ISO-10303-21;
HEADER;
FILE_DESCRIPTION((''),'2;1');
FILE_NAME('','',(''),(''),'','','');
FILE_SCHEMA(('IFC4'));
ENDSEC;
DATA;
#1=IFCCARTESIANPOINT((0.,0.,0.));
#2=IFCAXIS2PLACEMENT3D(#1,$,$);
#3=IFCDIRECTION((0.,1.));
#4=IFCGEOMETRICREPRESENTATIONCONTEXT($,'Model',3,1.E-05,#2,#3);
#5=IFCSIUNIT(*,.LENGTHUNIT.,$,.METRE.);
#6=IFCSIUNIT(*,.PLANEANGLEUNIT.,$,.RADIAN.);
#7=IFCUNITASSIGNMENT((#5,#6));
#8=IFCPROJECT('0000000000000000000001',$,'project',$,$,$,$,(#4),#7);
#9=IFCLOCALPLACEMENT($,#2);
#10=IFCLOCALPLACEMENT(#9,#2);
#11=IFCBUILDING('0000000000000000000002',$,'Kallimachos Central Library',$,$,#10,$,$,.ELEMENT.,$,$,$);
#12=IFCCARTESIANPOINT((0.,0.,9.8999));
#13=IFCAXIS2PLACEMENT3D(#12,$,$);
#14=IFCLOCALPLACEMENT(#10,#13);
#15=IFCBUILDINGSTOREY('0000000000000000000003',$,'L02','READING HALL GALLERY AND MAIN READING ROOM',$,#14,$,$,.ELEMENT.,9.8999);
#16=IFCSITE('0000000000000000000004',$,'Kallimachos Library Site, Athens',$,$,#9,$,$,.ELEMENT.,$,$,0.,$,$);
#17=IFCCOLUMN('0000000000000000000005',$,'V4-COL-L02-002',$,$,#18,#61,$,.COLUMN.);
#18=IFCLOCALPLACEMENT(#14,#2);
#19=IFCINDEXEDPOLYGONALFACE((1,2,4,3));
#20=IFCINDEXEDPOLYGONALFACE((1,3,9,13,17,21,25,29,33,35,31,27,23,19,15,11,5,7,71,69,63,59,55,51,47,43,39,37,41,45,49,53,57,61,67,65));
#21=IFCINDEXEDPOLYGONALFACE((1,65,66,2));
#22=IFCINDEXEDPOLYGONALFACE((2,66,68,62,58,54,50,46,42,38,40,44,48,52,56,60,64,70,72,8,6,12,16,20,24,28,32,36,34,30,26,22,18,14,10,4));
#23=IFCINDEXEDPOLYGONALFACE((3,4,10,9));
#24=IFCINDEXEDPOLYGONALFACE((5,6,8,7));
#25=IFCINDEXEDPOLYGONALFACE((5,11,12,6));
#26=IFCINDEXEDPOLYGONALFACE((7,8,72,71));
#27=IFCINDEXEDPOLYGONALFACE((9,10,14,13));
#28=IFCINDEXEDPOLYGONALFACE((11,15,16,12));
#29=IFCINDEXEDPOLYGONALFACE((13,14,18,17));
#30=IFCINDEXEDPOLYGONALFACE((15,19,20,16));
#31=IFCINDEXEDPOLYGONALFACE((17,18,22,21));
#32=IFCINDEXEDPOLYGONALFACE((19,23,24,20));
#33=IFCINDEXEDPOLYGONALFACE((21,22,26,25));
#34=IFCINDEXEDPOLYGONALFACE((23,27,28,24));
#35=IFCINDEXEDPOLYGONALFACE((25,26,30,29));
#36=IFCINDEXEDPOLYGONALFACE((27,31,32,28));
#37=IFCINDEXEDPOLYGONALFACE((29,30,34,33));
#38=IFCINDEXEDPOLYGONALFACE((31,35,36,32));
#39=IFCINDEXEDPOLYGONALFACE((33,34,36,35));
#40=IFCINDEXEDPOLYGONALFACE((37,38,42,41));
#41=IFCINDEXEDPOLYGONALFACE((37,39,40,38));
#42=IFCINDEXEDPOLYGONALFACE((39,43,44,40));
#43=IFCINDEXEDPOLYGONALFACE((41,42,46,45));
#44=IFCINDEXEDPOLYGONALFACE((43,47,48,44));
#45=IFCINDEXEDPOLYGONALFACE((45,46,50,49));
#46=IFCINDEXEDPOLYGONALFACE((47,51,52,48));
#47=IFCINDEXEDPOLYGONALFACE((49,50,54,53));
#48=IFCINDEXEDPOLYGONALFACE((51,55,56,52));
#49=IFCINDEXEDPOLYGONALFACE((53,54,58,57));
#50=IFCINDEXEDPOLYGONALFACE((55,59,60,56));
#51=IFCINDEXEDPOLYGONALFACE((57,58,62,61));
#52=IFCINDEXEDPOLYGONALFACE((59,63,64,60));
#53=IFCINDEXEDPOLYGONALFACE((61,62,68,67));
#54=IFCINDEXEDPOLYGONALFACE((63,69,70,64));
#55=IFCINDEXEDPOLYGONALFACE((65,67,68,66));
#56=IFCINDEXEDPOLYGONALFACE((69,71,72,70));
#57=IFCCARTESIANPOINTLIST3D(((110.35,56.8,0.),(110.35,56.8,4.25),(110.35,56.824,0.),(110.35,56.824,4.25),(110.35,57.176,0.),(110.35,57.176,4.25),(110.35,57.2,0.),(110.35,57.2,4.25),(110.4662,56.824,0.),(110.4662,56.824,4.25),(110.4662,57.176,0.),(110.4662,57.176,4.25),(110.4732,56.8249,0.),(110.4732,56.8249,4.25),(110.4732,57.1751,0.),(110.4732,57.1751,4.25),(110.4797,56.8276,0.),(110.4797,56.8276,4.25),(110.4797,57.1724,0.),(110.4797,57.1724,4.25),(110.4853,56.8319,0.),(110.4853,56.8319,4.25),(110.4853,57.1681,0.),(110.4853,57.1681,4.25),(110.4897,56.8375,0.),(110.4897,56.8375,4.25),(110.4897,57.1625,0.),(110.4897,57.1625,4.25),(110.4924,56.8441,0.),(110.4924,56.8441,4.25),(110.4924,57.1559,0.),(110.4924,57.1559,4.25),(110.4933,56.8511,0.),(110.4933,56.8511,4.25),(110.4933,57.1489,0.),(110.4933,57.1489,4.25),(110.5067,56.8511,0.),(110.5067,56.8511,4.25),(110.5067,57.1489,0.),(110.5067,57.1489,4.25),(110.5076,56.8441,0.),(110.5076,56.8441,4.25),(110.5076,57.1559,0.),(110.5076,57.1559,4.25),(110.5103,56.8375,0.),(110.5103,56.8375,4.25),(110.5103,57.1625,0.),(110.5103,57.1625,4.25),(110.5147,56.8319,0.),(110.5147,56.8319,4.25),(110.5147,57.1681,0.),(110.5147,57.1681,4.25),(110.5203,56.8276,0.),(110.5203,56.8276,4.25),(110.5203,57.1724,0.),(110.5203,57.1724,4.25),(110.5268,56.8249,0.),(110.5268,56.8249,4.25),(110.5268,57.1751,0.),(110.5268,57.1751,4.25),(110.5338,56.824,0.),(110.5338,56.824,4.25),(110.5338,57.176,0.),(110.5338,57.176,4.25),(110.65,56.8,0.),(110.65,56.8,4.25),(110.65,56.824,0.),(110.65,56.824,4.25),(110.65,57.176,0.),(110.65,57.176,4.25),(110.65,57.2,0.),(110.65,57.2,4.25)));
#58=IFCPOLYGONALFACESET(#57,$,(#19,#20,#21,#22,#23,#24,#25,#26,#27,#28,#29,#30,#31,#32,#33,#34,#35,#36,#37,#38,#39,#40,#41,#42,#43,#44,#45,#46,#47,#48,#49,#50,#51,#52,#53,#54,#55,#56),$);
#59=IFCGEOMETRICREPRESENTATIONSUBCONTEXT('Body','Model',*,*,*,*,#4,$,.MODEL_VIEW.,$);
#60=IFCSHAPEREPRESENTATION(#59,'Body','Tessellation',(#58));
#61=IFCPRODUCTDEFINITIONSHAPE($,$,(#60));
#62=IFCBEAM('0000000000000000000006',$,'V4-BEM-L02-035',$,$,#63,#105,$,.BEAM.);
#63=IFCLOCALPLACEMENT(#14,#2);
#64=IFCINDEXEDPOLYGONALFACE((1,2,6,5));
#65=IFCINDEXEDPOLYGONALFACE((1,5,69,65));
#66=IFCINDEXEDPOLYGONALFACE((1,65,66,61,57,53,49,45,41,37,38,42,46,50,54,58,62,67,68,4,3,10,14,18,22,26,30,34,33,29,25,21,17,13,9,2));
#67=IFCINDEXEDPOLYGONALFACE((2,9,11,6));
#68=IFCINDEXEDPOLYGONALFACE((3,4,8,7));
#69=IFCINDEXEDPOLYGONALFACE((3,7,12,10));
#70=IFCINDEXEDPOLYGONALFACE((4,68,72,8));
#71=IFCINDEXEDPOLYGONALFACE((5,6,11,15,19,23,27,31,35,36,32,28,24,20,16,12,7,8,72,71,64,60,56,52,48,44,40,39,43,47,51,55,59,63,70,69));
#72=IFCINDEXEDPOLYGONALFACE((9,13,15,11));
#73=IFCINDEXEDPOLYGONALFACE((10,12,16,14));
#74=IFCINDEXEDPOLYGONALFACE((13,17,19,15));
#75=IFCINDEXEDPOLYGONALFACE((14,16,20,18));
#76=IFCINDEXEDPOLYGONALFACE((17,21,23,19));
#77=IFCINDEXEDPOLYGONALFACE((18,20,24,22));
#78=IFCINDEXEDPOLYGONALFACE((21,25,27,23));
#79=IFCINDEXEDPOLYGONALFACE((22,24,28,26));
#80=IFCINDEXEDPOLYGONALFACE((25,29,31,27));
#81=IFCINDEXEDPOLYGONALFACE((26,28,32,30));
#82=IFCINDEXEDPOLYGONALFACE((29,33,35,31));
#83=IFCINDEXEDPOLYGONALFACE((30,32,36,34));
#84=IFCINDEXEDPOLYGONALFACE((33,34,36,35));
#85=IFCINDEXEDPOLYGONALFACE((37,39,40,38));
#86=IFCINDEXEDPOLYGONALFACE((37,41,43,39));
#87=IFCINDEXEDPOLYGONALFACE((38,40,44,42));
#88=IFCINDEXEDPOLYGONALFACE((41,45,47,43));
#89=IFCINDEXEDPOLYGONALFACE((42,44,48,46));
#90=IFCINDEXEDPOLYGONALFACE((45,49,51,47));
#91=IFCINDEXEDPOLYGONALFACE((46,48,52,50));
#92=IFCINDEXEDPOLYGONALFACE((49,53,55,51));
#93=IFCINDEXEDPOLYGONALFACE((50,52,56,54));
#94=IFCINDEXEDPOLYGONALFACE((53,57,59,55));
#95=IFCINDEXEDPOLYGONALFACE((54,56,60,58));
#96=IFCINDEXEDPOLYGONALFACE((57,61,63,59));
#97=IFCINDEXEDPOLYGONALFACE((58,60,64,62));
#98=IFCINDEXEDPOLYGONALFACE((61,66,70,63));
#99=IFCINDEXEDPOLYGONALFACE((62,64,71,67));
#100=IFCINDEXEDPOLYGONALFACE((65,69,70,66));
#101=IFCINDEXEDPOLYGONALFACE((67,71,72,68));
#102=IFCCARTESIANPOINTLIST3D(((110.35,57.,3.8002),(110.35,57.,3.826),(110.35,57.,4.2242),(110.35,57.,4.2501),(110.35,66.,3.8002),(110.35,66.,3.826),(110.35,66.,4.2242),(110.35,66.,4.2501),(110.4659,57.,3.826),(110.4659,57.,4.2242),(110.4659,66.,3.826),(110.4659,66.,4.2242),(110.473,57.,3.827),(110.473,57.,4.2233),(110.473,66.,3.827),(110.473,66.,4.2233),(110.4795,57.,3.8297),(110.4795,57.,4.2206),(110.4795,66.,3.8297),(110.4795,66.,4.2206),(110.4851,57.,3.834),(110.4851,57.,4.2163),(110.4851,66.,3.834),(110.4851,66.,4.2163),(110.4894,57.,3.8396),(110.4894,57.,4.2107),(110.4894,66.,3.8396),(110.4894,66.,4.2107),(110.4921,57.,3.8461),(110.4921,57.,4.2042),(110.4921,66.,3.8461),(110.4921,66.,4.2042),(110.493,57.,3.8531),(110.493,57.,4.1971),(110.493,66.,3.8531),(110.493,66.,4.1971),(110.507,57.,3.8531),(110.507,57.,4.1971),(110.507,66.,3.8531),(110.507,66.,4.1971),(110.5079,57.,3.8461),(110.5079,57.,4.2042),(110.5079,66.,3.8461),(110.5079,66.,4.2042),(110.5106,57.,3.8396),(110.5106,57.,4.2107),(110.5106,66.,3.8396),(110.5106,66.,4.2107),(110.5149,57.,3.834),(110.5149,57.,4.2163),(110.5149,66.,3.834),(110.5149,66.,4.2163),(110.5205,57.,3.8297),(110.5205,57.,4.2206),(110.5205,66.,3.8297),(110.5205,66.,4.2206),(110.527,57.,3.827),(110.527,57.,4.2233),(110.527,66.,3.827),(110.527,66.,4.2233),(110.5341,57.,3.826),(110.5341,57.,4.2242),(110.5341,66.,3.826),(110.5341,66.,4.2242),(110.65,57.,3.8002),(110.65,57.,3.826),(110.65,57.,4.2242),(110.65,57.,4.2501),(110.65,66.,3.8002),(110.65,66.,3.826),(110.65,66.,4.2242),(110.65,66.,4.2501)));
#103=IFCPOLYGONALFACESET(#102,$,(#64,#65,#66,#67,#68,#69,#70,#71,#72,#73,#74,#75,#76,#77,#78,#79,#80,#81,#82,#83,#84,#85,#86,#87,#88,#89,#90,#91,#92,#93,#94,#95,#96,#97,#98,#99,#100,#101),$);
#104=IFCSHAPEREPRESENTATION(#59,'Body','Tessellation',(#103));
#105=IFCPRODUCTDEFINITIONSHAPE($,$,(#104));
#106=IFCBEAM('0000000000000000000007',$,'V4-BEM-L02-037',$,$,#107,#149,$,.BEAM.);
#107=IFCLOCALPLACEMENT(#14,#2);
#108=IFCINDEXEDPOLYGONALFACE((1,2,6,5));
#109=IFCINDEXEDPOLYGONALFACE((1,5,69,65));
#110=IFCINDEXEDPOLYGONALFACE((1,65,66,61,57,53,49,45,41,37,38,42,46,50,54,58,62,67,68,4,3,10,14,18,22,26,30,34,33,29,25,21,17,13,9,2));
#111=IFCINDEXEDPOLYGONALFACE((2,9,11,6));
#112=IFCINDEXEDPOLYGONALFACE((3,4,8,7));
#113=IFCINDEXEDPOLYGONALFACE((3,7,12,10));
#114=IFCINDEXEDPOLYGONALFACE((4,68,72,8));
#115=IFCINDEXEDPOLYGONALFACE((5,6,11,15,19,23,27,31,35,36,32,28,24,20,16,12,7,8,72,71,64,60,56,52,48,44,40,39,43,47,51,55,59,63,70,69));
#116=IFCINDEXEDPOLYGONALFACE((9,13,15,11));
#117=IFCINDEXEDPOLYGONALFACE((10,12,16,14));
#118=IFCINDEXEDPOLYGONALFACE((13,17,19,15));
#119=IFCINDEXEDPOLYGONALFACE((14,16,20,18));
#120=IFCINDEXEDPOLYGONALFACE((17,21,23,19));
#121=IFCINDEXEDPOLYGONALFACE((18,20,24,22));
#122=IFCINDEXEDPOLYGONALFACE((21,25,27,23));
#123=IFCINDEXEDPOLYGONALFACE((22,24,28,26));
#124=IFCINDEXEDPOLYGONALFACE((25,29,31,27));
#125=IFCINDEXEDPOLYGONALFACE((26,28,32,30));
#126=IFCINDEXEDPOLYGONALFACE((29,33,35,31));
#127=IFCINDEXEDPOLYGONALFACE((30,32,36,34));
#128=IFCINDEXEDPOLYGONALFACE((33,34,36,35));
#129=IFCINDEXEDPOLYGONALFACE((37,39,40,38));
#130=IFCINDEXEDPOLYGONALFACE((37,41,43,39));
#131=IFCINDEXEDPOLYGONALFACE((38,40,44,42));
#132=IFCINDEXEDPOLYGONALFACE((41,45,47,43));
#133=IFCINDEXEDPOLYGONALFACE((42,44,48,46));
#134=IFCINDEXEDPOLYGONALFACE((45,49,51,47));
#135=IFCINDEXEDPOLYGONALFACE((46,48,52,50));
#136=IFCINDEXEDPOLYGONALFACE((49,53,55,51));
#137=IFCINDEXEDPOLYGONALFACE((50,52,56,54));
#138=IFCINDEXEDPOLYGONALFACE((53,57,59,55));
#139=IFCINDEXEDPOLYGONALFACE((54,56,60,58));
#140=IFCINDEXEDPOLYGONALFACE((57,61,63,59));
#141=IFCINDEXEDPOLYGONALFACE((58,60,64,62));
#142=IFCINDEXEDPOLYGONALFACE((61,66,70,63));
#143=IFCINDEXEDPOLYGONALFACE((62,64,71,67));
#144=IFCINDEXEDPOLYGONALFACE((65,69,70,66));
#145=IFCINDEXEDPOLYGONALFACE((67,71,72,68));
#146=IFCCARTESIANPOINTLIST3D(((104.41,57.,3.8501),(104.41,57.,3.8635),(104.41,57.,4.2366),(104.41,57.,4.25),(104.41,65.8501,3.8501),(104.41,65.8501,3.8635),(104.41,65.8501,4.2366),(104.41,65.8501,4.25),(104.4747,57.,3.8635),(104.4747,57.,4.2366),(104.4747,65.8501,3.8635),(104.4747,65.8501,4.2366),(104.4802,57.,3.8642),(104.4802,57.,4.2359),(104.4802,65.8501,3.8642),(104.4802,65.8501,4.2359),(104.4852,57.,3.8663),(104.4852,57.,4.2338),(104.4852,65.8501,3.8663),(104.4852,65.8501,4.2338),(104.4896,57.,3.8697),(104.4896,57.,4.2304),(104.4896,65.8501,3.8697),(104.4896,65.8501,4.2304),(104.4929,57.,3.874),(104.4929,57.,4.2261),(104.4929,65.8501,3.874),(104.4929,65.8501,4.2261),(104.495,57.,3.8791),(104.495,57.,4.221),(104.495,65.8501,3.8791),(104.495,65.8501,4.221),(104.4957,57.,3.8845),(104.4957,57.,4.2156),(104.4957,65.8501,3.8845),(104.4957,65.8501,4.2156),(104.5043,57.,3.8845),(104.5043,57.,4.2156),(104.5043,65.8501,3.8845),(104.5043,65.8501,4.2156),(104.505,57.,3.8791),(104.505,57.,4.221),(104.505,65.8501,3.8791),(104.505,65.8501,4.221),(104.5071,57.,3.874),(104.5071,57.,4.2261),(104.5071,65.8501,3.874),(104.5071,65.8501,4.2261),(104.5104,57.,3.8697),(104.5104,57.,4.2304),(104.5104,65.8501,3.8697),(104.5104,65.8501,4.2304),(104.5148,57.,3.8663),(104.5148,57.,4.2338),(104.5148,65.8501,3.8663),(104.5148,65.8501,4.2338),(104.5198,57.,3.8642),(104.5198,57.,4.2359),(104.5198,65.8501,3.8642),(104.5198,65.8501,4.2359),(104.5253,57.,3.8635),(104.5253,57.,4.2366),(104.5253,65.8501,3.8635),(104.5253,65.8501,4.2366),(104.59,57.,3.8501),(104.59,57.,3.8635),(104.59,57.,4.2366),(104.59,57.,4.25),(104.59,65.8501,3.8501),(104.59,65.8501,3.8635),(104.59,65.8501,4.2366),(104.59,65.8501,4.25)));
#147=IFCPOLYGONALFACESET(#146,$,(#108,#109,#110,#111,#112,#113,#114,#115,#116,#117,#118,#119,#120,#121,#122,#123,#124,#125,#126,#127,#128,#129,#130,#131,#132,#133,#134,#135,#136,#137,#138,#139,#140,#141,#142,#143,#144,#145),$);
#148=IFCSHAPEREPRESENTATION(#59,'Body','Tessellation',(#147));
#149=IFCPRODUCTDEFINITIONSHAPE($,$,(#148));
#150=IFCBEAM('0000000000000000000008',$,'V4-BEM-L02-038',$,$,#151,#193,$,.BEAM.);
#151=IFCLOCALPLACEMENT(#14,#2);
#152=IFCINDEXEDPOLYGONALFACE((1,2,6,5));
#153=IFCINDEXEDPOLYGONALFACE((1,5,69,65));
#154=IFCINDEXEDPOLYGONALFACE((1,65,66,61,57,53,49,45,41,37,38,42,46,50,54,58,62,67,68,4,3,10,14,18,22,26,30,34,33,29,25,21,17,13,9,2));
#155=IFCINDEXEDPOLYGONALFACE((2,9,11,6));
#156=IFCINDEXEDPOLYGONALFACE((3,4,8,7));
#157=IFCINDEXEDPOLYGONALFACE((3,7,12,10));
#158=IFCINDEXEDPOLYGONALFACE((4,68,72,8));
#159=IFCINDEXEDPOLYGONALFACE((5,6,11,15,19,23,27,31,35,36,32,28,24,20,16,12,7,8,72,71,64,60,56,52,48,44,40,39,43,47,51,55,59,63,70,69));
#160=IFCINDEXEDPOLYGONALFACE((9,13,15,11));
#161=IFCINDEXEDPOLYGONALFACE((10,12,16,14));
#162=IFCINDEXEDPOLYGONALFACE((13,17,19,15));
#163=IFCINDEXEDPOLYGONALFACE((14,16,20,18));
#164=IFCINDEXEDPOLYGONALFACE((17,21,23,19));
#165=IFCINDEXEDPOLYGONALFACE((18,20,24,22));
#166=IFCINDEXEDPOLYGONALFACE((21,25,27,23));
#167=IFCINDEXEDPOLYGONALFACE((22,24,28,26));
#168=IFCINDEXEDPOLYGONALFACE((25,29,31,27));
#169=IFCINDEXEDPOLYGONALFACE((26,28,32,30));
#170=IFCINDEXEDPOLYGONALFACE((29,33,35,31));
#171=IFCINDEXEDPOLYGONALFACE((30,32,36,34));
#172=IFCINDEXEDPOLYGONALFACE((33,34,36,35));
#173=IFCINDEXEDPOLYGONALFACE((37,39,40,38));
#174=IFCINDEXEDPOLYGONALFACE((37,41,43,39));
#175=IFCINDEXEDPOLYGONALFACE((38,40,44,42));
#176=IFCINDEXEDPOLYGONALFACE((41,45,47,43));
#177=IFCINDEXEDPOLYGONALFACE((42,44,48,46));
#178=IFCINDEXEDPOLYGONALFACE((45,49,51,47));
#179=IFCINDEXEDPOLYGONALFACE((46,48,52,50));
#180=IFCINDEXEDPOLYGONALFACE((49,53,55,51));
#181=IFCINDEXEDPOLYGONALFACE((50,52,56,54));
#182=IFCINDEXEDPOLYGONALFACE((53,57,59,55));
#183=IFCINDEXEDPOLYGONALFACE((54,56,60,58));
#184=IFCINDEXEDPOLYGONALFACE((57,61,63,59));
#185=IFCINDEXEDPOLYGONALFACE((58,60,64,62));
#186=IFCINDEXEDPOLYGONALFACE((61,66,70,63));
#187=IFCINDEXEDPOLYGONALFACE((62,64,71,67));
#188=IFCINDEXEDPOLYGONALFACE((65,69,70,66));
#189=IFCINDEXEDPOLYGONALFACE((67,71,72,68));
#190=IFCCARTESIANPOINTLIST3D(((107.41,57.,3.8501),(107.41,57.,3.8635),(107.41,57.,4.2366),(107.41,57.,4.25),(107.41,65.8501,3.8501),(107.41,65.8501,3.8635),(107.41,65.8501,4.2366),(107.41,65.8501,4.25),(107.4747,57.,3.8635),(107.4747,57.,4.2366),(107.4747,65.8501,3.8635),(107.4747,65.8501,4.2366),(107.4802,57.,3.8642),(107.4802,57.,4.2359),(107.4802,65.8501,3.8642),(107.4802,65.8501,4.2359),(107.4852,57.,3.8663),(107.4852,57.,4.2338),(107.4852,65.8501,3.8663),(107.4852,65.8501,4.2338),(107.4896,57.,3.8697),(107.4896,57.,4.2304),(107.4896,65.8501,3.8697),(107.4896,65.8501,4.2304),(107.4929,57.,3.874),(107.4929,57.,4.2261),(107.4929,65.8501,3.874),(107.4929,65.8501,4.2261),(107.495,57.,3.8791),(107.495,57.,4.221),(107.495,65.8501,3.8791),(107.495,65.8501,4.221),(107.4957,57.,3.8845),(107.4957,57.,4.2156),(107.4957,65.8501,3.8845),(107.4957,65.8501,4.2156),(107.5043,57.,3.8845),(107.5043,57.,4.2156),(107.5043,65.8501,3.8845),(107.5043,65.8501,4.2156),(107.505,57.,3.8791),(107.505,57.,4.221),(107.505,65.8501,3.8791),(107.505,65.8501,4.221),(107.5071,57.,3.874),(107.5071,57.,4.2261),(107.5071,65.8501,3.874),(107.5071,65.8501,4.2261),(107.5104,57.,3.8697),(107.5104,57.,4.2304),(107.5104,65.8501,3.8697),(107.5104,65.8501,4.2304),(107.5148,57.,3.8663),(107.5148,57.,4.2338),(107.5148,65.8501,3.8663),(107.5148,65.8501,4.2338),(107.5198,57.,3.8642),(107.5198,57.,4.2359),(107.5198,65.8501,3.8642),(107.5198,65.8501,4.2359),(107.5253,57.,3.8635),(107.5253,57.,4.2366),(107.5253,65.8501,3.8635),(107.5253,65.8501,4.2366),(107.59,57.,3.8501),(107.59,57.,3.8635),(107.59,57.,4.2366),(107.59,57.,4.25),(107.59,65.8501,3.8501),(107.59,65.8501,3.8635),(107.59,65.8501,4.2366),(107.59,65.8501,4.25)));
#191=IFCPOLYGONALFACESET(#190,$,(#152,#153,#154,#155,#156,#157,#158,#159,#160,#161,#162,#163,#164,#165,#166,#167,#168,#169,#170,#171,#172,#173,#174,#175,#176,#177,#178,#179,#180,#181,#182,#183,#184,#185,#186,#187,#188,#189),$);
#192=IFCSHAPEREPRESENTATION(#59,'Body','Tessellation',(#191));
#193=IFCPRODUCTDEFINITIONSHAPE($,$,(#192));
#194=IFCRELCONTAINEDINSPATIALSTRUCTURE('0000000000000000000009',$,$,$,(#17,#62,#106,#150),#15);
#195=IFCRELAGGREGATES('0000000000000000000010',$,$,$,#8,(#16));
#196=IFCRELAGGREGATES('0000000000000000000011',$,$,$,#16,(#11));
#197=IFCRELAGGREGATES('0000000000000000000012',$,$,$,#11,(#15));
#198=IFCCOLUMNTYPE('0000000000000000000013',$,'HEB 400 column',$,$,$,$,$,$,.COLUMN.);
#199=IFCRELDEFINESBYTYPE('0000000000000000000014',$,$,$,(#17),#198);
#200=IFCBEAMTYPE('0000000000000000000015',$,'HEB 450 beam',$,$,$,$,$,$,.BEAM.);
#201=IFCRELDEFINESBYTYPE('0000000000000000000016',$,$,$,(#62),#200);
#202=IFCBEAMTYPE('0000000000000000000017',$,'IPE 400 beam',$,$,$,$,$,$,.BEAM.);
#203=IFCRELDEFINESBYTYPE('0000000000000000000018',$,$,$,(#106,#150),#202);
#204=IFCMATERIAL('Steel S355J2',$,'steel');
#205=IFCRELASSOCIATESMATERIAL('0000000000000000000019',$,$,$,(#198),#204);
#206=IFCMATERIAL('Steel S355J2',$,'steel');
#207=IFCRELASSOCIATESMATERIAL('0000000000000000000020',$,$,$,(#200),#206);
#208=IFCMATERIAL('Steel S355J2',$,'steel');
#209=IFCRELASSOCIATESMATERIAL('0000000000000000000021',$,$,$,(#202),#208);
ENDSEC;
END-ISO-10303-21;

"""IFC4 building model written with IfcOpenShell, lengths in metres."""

from ifc_helpers import new_model, si_unit, direction, frame, origin, origin_2d, place, context, subcontext, project, spatial, i_section, extrude, material, material_profile, profile_set, type_object, element, save


model = new_model("IFC4")

# Units and contexts
model_context = context("Model", 3, precision=1e-05, world=origin(), true_north=direction((0.0, 1.0)))
body_context = subcontext(model_context, "Body", "Model", "MODEL_VIEW")
ifc_project = project(units=[si_unit("LENGTHUNIT", "METRE"), si_unit("PLANEANGLEUNIT", "RADIAN")], contexts=[model_context])

# Site, building, storey
site_placement = place(None, origin())
site = spatial("IfcSite", under=ifc_project, at=site_placement, Name="Kallimachos Library Site, Athens", CompositionType="ELEMENT", RefElevation=0.0)
building_placement = place(site_placement, origin())
building = spatial("IfcBuilding", under=site, at=building_placement, Name="Kallimachos Central Library", CompositionType="ELEMENT")
storey_placement = place(building_placement, frame((0.0, 0.0, 9.8999)))
storey = spatial("IfcBuildingStorey", under=building, at=storey_placement, Name="L02", Description="READING HALL GALLERY AND MAIN READING ROOM", CompositionType="ELEMENT", Elevation=9.8999)

# Column
ifc_material_1 = material(Name="Steel S355J2", Category="steel")
ifc_material_profile_1 = material_profile(ifc_material_1, i_section(OverallWidth=0.3, OverallDepth=0.3999, WebThickness=0.0134, FlangeThickness=0.0239, FilletRadius=0.0271, at=origin_2d()), Name="HEB 400")
ifc_profile_set_1 = profile_set([ifc_material_profile_1], Name="Steel S355J2")
column_type = type_object("IfcColumnType", Name="HEB 400 column", PredefinedType="COLUMN", material=ifc_profile_set_1)
column_placement = place(storey_placement, frame((110.5, 57.0, 0.0), z_axis=(0.0, 0.0, 1.0), x_axis=(1.0, 0.0, 0.0)))
element("IfcColumn", 1, at=column_placement, inside=storey, type_object=column_type, Name="V4-COL-L02-002", PredefinedType="COLUMN", context=body_context, shape_type="SweptSolid", body=[
    extrude(i_section(OverallWidth=0.3, OverallDepth=0.3999, WebThickness=0.0134, FlangeThickness=0.0239, FilletRadius=0.0271, at=origin_2d()), origin(), (0.0, 0.0, 1.0), 4.25),
])

# Beams
ifc_material_2 = material(Name="Steel S355J2", Category="steel")
ifc_material_profile_2 = material_profile(ifc_material_2, i_section(OverallWidth=0.3, OverallDepth=0.45, WebThickness=0.0139, FlangeThickness=0.0259, FilletRadius=0.0271, at=origin_2d()), Name="HEB 450")
ifc_profile_set_2 = profile_set([ifc_material_profile_2], Name="Steel S355J2")
beam_type_1 = type_object("IfcBeamType", Name="HEB 450 beam", PredefinedType="BEAM", material=ifc_profile_set_2)
beam_placement = place(storey_placement, frame((110.5, 57.0, 4.0251), z_axis=(0.0, 1.0, 0.0), x_axis=(-1.0, 0.0, 0.0)))
element("IfcBeam", 2, at=beam_placement, inside=storey, type_object=beam_type_1, Name="V4-BEM-L02-035", PredefinedType="BEAM", context=body_context, shape_type="SweptSolid", body=[
    extrude(i_section(OverallWidth=0.3, OverallDepth=0.45, WebThickness=0.0139, FlangeThickness=0.0259, FilletRadius=0.0271, at=origin_2d()), origin(), (0.0, 0.0, 1.0), 9.0),
])
ifc_material_3 = material(Name="Steel S355J2", Category="steel")
ifc_material_profile_3 = material_profile(ifc_material_3, i_section(OverallWidth=0.1799, OverallDepth=0.3999, WebThickness=0.0085, FlangeThickness=0.0134, FilletRadius=0.021, at=origin_2d()), Name="IPE 400")
ifc_profile_set_3 = profile_set([ifc_material_profile_3], Name="Steel S355J2")
beam_type_2 = type_object("IfcBeamType", Name="IPE 400 beam", PredefinedType="BEAM", material=ifc_profile_set_3)
for number, where, z_axis, x_axis, name in (
    (3, (104.5, 57.0, 4.05), (0.0, 1.0, 0.0), (-1.0, 0.0, 0.0), "V4-BEM-L02-037"),
    (4, (107.5, 57.0, 4.05), (0.0, 1.0, 0.0), (-1.0, 0.0, 0.0), "V4-BEM-L02-038"),
):
    element("IfcBeam", number, at=place(storey_placement, frame(where, z_axis=z_axis, x_axis=x_axis)), inside=storey, type_object=beam_type_2, Name=name, PredefinedType="BEAM", context=body_context, shape_type="SweptSolid", body=[
        extrude(i_section(OverallWidth=0.1799, OverallDepth=0.3999, WebThickness=0.0085, FlangeThickness=0.0134, FilletRadius=0.021, at=origin_2d()), origin(), (0.0, 0.0, 1.0), 8.8501),
    ])

save(model, "model.ifc")
